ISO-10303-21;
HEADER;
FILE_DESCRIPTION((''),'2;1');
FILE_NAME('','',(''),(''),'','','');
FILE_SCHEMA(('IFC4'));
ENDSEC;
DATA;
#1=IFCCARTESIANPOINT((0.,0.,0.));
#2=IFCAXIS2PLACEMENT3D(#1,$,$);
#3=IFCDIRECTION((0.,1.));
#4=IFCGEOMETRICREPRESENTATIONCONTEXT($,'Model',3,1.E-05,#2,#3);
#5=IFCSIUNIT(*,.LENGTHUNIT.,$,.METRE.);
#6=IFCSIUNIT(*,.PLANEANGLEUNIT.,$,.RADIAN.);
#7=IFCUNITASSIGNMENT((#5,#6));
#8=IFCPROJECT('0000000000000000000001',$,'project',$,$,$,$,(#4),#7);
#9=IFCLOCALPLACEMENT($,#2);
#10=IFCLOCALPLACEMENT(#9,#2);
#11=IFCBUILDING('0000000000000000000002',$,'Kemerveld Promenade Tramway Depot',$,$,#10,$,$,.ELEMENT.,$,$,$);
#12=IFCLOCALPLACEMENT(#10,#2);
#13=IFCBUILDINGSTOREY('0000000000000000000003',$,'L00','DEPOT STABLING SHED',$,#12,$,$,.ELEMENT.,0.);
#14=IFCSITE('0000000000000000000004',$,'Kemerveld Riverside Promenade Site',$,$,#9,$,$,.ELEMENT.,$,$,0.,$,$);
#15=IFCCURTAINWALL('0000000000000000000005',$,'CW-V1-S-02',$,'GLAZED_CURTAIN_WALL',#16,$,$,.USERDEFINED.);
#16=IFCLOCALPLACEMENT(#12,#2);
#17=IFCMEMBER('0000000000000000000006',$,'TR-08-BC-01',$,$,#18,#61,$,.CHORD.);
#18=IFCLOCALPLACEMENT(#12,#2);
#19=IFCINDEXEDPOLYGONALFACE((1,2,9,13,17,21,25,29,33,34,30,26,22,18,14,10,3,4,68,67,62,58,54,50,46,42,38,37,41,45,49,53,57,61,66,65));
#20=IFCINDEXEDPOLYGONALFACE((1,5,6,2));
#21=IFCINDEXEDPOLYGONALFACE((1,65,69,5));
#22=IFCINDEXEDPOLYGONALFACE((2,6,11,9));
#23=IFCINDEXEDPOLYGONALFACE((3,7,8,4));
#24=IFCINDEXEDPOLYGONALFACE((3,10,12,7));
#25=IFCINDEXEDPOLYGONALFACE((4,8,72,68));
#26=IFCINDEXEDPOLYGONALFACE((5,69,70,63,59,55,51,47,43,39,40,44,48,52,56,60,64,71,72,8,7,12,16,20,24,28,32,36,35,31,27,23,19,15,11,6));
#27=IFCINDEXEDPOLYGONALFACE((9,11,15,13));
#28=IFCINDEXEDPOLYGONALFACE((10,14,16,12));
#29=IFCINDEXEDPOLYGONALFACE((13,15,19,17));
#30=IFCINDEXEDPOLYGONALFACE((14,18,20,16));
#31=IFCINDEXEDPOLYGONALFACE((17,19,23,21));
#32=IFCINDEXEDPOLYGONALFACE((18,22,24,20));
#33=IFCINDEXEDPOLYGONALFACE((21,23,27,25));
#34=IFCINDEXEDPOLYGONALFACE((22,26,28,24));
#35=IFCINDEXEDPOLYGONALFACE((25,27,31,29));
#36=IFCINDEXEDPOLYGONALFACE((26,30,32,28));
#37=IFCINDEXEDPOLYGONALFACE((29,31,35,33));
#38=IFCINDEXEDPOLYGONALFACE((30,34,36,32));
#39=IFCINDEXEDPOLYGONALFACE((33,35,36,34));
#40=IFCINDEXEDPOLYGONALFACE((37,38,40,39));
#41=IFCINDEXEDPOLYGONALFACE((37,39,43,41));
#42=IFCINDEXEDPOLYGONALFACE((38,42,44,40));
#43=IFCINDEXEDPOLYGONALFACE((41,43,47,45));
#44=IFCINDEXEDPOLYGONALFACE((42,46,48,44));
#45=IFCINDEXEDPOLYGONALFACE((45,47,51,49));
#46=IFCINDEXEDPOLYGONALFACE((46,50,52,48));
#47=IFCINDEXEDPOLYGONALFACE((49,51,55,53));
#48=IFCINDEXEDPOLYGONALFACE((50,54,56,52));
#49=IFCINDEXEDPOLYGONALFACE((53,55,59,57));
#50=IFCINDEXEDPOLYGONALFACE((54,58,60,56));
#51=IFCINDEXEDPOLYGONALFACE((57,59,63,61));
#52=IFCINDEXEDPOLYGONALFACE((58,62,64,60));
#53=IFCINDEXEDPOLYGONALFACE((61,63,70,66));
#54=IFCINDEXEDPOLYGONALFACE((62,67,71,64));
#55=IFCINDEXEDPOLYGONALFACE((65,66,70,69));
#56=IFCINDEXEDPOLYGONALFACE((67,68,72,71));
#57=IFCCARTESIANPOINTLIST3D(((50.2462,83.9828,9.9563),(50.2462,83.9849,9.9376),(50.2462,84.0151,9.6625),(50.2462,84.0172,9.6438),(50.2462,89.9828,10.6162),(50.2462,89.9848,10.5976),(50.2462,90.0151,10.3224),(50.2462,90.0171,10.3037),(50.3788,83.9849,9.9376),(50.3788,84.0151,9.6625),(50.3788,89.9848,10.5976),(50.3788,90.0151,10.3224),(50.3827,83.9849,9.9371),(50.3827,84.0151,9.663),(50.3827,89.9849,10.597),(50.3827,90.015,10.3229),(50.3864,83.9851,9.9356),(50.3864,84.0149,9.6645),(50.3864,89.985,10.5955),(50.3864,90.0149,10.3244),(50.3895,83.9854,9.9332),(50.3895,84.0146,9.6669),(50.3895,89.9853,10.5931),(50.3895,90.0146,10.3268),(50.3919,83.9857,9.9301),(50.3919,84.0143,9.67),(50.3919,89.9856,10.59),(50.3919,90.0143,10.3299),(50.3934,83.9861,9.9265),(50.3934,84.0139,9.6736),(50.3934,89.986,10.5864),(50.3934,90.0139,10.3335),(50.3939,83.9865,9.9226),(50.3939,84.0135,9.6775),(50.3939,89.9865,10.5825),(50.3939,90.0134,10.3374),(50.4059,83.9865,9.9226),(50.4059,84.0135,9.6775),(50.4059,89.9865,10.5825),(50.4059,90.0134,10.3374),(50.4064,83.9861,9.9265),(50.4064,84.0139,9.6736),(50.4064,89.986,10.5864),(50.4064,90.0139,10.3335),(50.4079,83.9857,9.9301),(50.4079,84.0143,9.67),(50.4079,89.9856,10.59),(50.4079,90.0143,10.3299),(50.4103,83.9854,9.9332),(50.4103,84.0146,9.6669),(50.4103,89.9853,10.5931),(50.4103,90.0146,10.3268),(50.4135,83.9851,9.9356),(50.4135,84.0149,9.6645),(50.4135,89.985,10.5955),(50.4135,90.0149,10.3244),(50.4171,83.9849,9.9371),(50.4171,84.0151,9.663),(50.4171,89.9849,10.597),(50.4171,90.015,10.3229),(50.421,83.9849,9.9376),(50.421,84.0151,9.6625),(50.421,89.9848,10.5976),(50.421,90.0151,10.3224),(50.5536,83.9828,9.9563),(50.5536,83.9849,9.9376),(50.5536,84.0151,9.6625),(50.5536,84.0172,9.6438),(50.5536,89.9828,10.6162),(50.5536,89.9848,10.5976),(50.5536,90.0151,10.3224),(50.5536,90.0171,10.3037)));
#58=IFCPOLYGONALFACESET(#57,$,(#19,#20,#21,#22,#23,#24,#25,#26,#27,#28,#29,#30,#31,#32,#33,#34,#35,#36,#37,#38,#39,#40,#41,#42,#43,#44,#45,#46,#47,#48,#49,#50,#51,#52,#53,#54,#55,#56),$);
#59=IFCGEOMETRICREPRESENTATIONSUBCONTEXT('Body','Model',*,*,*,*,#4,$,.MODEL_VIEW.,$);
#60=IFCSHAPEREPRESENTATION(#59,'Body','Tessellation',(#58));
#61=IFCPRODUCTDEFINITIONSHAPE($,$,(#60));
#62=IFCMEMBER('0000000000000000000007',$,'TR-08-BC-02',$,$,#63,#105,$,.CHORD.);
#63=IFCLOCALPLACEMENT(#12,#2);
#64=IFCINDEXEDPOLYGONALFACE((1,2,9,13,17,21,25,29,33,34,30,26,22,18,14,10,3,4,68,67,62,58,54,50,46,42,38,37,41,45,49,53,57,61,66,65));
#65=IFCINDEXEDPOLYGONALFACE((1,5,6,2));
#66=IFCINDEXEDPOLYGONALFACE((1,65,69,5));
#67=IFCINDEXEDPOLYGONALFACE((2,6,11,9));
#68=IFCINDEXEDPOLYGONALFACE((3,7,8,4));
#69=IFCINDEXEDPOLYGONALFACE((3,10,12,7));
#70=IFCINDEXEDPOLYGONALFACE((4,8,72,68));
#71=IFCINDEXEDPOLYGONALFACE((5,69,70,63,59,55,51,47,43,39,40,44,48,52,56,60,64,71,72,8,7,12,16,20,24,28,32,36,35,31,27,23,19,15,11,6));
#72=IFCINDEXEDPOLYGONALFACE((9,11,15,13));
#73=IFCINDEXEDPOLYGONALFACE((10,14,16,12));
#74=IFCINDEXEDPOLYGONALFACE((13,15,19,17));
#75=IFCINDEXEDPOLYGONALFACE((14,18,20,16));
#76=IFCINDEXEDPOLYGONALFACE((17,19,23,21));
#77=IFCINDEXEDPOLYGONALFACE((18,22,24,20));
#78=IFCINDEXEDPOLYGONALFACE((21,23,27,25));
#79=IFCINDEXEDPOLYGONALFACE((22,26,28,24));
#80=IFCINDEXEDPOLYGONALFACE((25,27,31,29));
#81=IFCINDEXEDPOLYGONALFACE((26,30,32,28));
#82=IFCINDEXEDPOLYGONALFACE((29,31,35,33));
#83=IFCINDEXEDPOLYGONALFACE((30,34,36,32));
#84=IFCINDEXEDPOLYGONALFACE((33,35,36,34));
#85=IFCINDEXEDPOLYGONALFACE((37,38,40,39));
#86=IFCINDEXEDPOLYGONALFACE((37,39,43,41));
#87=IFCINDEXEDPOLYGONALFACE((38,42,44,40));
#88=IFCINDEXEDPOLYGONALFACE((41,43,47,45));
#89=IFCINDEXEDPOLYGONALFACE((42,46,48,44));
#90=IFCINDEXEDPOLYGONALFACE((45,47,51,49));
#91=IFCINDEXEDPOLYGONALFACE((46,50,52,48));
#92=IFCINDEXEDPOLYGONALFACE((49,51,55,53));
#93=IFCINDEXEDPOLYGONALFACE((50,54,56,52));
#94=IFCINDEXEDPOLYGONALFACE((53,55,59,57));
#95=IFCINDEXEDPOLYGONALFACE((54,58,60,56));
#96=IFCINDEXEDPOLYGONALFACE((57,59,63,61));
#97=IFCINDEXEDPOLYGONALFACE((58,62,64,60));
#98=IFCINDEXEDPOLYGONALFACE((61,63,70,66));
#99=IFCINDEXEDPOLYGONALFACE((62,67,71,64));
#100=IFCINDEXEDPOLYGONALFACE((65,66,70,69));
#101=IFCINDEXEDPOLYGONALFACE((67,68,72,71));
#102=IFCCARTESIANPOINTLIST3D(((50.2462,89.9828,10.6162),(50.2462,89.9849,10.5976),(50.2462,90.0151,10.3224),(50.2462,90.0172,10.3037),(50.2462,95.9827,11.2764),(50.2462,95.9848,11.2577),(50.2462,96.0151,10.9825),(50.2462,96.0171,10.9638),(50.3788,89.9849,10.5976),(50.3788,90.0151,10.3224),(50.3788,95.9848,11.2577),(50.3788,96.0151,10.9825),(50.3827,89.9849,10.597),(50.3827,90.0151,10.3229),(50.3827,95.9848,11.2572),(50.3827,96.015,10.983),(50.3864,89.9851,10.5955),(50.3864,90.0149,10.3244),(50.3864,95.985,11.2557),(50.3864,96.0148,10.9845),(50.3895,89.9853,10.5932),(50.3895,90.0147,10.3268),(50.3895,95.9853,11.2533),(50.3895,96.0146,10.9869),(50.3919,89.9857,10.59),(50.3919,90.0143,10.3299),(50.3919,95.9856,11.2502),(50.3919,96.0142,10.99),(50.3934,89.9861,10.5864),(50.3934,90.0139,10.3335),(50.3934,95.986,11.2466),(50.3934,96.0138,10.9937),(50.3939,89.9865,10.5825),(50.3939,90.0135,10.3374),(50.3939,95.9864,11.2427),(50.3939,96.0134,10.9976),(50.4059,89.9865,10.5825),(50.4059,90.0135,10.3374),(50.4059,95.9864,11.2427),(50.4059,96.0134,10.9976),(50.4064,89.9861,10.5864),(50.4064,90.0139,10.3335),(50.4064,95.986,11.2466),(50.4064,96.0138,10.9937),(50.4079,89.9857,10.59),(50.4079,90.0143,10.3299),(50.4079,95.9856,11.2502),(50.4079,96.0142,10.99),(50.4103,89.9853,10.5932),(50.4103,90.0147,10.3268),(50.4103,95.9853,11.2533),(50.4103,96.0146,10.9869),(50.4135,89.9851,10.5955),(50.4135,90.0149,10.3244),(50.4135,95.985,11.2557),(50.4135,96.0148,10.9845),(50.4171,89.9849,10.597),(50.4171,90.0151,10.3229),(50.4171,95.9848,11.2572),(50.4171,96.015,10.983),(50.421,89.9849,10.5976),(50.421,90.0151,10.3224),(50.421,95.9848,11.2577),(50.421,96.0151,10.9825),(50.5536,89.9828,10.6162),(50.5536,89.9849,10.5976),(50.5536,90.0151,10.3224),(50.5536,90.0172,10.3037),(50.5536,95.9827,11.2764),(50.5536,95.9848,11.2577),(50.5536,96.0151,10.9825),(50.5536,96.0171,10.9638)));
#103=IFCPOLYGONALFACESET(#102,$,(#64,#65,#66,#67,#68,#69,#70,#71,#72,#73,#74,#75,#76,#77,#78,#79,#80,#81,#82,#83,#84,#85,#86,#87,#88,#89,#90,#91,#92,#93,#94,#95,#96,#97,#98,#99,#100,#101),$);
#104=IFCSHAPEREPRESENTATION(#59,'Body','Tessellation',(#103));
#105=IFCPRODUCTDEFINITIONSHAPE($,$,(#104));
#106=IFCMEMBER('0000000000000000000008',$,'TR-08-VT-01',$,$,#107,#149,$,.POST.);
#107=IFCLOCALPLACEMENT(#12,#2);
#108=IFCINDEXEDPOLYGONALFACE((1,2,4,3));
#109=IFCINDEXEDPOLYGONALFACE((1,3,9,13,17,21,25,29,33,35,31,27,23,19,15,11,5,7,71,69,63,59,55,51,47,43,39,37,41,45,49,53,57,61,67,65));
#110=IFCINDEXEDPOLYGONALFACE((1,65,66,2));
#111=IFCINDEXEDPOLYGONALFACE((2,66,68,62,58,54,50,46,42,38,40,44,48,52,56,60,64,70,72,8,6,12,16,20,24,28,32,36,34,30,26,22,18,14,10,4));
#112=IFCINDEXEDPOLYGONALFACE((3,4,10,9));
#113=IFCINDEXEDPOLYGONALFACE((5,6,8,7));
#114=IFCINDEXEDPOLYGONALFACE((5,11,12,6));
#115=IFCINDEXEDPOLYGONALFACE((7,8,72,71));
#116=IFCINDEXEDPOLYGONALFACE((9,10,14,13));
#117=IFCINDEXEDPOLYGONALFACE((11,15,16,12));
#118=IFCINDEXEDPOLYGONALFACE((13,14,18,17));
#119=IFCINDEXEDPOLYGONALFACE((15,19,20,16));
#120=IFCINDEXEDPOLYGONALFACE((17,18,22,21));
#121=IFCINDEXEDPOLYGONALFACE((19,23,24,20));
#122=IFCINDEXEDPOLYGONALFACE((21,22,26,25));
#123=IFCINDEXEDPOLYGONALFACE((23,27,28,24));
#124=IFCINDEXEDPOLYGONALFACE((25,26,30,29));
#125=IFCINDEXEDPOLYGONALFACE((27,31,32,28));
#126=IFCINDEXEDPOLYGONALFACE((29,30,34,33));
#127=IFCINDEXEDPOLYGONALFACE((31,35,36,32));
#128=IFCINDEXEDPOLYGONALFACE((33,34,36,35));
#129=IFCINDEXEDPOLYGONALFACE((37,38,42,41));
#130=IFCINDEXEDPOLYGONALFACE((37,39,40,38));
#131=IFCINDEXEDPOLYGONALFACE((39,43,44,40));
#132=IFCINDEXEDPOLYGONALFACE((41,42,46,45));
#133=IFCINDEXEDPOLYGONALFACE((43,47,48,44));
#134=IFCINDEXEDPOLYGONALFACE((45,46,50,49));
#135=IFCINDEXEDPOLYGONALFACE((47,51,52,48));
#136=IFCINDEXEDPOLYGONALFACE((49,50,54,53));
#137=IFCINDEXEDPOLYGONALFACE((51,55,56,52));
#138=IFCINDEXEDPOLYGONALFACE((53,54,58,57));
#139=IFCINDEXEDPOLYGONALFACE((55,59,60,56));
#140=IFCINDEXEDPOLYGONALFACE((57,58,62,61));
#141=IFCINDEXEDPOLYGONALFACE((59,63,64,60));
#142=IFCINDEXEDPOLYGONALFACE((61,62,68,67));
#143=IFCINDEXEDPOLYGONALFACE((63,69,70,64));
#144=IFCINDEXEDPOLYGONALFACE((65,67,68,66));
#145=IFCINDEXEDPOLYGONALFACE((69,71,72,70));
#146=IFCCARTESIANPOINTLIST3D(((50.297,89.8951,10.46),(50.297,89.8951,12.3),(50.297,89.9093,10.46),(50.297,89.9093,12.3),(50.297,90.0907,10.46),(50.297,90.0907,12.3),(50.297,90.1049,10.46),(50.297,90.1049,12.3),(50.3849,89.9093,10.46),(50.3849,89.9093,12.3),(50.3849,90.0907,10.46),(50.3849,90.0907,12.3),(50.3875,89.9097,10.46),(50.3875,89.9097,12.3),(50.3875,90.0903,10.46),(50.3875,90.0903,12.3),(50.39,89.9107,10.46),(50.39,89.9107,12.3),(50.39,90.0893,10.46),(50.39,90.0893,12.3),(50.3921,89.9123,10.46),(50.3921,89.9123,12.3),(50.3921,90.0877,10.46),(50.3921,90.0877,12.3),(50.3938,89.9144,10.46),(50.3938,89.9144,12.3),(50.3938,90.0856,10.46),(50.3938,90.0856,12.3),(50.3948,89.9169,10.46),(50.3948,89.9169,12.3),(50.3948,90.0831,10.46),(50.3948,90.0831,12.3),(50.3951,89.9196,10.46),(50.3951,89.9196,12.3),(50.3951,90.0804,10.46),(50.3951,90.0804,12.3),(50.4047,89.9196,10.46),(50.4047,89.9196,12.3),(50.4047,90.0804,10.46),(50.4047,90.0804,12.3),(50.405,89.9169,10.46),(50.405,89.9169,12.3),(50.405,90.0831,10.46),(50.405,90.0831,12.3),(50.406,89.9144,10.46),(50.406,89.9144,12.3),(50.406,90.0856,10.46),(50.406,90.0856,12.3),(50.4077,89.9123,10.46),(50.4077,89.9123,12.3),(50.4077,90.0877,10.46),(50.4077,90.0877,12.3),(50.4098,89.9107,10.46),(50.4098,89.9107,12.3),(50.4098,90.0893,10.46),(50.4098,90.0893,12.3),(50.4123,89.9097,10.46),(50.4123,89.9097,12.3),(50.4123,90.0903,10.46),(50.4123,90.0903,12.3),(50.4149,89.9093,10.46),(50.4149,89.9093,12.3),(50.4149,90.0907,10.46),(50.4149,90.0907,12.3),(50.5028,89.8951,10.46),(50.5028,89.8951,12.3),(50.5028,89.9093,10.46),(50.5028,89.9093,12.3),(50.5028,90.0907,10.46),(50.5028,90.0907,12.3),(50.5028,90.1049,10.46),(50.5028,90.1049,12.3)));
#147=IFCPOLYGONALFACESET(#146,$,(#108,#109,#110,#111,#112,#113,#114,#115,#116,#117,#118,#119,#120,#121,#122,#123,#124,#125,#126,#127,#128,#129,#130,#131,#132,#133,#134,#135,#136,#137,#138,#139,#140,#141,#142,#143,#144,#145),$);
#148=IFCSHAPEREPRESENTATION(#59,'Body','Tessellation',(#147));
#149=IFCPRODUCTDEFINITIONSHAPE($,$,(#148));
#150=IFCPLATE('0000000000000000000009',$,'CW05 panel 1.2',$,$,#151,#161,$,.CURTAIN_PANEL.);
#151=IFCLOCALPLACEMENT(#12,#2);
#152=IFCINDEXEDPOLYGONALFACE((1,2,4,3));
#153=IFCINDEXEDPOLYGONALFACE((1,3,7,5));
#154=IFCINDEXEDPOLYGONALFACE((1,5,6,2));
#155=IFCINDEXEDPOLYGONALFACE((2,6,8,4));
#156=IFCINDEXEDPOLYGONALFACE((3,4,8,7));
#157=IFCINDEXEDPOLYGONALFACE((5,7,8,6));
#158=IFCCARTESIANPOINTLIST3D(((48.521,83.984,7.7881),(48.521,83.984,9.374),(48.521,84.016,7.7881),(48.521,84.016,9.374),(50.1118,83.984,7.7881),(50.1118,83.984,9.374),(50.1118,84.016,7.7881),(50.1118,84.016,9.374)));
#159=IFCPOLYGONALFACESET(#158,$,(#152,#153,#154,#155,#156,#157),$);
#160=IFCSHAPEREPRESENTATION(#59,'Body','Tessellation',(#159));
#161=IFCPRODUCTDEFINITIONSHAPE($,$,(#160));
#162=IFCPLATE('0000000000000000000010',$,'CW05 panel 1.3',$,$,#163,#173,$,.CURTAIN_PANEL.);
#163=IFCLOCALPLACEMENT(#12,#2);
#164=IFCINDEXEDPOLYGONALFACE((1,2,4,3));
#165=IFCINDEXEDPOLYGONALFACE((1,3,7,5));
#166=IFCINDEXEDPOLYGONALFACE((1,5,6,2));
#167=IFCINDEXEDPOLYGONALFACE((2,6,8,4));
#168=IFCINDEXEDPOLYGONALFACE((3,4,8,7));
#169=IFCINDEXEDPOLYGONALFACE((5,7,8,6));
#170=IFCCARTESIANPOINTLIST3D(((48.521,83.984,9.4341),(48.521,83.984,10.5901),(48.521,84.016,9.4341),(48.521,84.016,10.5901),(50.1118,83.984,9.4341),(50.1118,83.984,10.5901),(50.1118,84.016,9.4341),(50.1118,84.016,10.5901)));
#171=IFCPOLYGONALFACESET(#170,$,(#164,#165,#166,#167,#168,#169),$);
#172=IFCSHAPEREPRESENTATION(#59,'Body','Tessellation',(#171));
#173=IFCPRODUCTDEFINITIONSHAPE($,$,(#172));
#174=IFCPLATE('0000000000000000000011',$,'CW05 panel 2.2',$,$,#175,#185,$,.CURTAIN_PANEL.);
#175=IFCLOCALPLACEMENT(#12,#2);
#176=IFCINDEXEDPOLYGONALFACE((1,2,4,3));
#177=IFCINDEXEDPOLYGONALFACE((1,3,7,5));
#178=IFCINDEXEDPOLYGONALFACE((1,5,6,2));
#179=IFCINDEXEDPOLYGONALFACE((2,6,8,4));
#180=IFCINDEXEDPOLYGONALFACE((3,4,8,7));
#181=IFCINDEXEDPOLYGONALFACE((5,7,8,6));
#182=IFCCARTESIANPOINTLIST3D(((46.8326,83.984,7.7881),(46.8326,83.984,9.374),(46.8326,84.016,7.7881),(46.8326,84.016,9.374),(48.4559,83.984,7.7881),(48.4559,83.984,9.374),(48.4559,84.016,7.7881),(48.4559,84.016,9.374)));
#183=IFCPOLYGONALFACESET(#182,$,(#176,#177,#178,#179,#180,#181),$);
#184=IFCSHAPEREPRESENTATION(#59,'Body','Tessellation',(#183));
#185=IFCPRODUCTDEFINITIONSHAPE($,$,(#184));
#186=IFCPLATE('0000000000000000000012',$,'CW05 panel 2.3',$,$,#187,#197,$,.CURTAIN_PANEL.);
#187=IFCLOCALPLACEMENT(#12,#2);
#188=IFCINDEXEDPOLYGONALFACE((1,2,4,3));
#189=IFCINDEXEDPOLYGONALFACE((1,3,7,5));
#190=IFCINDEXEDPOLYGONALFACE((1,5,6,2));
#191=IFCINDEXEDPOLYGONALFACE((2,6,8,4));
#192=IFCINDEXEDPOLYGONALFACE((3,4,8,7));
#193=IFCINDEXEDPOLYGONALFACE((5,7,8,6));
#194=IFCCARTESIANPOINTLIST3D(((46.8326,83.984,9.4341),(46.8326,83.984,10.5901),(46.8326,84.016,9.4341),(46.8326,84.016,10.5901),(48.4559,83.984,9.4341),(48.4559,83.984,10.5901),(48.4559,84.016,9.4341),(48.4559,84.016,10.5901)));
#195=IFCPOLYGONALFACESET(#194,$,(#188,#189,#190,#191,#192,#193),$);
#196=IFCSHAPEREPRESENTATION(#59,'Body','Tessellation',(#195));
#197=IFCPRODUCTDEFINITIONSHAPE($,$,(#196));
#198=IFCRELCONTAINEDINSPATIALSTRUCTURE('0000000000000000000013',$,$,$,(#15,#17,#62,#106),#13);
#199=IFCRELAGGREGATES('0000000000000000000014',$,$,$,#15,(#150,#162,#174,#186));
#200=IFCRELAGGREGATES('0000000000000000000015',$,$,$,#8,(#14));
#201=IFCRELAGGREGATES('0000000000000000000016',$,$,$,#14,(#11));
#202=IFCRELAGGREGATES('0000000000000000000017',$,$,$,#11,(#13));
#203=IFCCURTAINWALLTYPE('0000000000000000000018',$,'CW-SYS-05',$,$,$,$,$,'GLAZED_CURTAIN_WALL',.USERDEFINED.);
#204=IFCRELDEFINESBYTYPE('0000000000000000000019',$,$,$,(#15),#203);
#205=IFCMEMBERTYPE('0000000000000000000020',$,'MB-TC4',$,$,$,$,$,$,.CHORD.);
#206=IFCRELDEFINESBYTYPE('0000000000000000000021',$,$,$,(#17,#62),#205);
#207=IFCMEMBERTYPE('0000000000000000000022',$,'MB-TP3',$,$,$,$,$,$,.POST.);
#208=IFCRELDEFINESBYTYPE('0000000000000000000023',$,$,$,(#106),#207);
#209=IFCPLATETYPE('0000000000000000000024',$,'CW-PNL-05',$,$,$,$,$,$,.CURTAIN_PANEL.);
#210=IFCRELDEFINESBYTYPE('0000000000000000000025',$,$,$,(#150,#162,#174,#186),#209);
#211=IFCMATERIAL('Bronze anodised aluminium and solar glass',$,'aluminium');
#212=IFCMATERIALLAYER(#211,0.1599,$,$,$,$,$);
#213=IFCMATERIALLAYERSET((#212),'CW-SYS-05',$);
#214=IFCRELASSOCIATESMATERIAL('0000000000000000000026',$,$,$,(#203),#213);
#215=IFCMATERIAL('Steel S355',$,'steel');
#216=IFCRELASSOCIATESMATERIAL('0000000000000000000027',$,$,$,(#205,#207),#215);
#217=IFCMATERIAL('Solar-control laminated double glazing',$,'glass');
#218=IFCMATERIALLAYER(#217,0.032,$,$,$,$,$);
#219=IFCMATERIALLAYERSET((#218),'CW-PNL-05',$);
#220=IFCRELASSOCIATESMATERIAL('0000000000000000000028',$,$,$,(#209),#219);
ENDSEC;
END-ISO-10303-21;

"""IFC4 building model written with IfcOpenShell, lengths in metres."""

from ifc_helpers import new_model, si_unit, direction, frame, origin, origin_2d, place, context, subcontext, project, spatial, rectangle, i_section, extrude, material, layer, layer_set, material_profile, profile_set, type_object, element, aggregate, save


model = new_model("IFC4")

# Units and contexts
model_context = context("Model", 3, precision=1e-05, world=origin(), true_north=direction((0.0, 1.0)))
body_context = subcontext(model_context, "Body", "Model", "MODEL_VIEW")
ifc_project = project(units=[si_unit("LENGTHUNIT", "METRE"), si_unit("PLANEANGLEUNIT", "RADIAN")], contexts=[model_context])

# Site, building, storey
site_placement = place(None, origin())
site = spatial("IfcSite", under=ifc_project, at=site_placement, Name="Kemerveld Riverside Promenade Site", CompositionType="ELEMENT", RefElevation=0.0)
building_placement = place(site_placement, origin())
building = spatial("IfcBuilding", under=site, at=building_placement, Name="Kemerveld Promenade Tramway Depot", CompositionType="ELEMENT")
storey_placement = place(building_placement, origin())
storey = spatial("IfcBuildingStorey", under=building, at=storey_placement, Name="L00", Description="DEPOT STABLING SHED", CompositionType="ELEMENT", Elevation=0.0)

# Shared definitions
ifc_material_1 = material(Name="Steel S355", Category="steel")

# Curtain wall
ifc_material_2 = material(Name="Bronze anodised aluminium and solar glass", Category="aluminium")
ifc_layer_1 = layer(ifc_material_2, 0.1599)
ifc_layer_set_1 = layer_set([ifc_layer_1], Name="CW-SYS-05")
curtain_wall_type_1 = type_object("IfcCurtainWallType", Name="CW-SYS-05", ElementType="GLAZED_CURTAIN_WALL", PredefinedType="USERDEFINED", material=ifc_layer_set_1)
curtain_wall_1_placement = place(storey_placement, origin())
curtain_wall_1 = element("IfcCurtainWall", 1, at=curtain_wall_1_placement, inside=storey, type_object=curtain_wall_type_1, Name="CW-V1-S-02", ObjectType="GLAZED_CURTAIN_WALL", PredefinedType="USERDEFINED")

# Members
ifc_material_profile_1 = material_profile(ifc_material_1, i_section(OverallWidth=0.3074, OverallDepth=0.3145, WebThickness=0.012, FlangeThickness=0.0188, FilletRadius=0.0151, at=origin_2d()), Name="305x305x118 UC")
ifc_profile_set_1 = profile_set([ifc_material_profile_1], Name="Steel S355")
member_type_1 = type_object("IfcMemberType", Name="MB-TC4", PredefinedType="CHORD", material=ifc_profile_set_1)
for number, where, z_axis, x_axis, name in (
    (2, (50.3999, 84.0, 9.8), (0.0, 0.994006, 0.109326), (-1.0, 0.0, 0.0), "TR-08-BC-01"),
    (3, (50.3999, 90.0, 10.46), (0.0, 0.994002, 0.109366), (-1.0, 0.0, 0.0), "TR-08-BC-02"),
):
    element("IfcMember", number, at=place(storey_placement, frame(where, z_axis=z_axis, x_axis=x_axis)), inside=storey, type_object=member_type_1, Name=name, PredefinedType="CHORD", context=body_context, shape_type="SweptSolid", body=[
        extrude(i_section(OverallWidth=0.3074, OverallDepth=0.3145, WebThickness=0.012, FlangeThickness=0.0188, FilletRadius=0.0151, at=origin_2d()), origin(), (0.0, 0.0, 1.0), 6.0361),
    ])
ifc_material_profile_2 = material_profile(ifc_material_1, i_section(OverallWidth=0.2058, OverallDepth=0.2097, WebThickness=0.0095, FlangeThickness=0.0142, FilletRadius=0.0103, at=origin_2d()), Name="203x203x60 UC")
ifc_profile_set_2 = profile_set([ifc_material_profile_2], Name="Steel S355")
member_type_2 = type_object("IfcMemberType", Name="MB-TP3", PredefinedType="POST", material=ifc_profile_set_2)
member_1_placement = place(storey_placement, frame((50.3999, 90.0, 10.46), z_axis=(0.0, 0.0, 1.0), x_axis=(1.0, 0.0, 0.0)))
element("IfcMember", 4, at=member_1_placement, inside=storey, type_object=member_type_2, Name="TR-08-VT-01", PredefinedType="POST", context=body_context, shape_type="SweptSolid", body=[
    extrude(i_section(OverallWidth=0.2058, OverallDepth=0.2097, WebThickness=0.0095, FlangeThickness=0.0142, FilletRadius=0.0103, at=origin_2d()), origin(), (0.0, 0.0, 1.0), 1.8401),
])

# Plates
ifc_material_3 = material(Name="Solar-control laminated double glazing", Category="glass")
ifc_layer_2 = layer(ifc_material_3, 0.032)
ifc_layer_set_2 = layer_set([ifc_layer_2], Name="CW-PNL-05")
plate_type_1 = type_object("IfcPlateType", Name="CW-PNL-05", PredefinedType="CURTAIN_PANEL", material=ifc_layer_set_2)
plate_1_placement = place(storey_placement, frame((49.3164, 84.0, 7.7881), z_axis=(0.0, 0.0, 1.0), x_axis=(-1.0, 0.0, 0.0)))
plate_1 = element("IfcPlate", 5, at=plate_1_placement, type_object=plate_type_1, Name="CW05 panel 1.2", PredefinedType="CURTAIN_PANEL", context=body_context, shape_type="SweptSolid", body=[
    extrude(rectangle(XDim=1.5908, YDim=0.032, at=origin_2d()), origin(), (0.0, 0.0, 1.0), 1.5859),
])
plate_2_placement = place(storey_placement, frame((49.3164, 84.0, 9.4341), z_axis=(0.0, 0.0, 1.0), x_axis=(-1.0, 0.0, 0.0)))
plate_2 = element("IfcPlate", 6, at=plate_2_placement, type_object=plate_type_1, Name="CW05 panel 1.3", PredefinedType="CURTAIN_PANEL", context=body_context, shape_type="SweptSolid", body=[
    extrude(rectangle(XDim=1.5908, YDim=0.032, at=origin_2d()), origin(), (0.0, 0.0, 1.0), 1.156),
])
plate_3_placement = place(storey_placement, frame((47.6443, 84.0, 7.7881), z_axis=(0.0, 0.0, 1.0), x_axis=(-1.0, 0.0, 0.0)))
plate_3 = element("IfcPlate", 7, at=plate_3_placement, type_object=plate_type_1, Name="CW05 panel 2.2", PredefinedType="CURTAIN_PANEL", context=body_context, shape_type="SweptSolid", body=[
    extrude(rectangle(XDim=1.6233, YDim=0.032, at=origin_2d()), origin(), (0.0, 0.0, 1.0), 1.5859),
])
plate_4_placement = place(storey_placement, frame((47.6443, 84.0, 9.4341), z_axis=(0.0, 0.0, 1.0), x_axis=(-1.0, 0.0, 0.0)))
plate_4 = element("IfcPlate", 8, at=plate_4_placement, type_object=plate_type_1, Name="CW05 panel 2.3", PredefinedType="CURTAIN_PANEL", context=body_context, shape_type="SweptSolid", body=[
    extrude(rectangle(XDim=1.6233, YDim=0.032, at=origin_2d()), origin(), (0.0, 0.0, 1.0), 1.156),
])
aggregate(curtain_wall_1, [plate_1, plate_2, plate_3, plate_4])

save(model, "model.ifc")
